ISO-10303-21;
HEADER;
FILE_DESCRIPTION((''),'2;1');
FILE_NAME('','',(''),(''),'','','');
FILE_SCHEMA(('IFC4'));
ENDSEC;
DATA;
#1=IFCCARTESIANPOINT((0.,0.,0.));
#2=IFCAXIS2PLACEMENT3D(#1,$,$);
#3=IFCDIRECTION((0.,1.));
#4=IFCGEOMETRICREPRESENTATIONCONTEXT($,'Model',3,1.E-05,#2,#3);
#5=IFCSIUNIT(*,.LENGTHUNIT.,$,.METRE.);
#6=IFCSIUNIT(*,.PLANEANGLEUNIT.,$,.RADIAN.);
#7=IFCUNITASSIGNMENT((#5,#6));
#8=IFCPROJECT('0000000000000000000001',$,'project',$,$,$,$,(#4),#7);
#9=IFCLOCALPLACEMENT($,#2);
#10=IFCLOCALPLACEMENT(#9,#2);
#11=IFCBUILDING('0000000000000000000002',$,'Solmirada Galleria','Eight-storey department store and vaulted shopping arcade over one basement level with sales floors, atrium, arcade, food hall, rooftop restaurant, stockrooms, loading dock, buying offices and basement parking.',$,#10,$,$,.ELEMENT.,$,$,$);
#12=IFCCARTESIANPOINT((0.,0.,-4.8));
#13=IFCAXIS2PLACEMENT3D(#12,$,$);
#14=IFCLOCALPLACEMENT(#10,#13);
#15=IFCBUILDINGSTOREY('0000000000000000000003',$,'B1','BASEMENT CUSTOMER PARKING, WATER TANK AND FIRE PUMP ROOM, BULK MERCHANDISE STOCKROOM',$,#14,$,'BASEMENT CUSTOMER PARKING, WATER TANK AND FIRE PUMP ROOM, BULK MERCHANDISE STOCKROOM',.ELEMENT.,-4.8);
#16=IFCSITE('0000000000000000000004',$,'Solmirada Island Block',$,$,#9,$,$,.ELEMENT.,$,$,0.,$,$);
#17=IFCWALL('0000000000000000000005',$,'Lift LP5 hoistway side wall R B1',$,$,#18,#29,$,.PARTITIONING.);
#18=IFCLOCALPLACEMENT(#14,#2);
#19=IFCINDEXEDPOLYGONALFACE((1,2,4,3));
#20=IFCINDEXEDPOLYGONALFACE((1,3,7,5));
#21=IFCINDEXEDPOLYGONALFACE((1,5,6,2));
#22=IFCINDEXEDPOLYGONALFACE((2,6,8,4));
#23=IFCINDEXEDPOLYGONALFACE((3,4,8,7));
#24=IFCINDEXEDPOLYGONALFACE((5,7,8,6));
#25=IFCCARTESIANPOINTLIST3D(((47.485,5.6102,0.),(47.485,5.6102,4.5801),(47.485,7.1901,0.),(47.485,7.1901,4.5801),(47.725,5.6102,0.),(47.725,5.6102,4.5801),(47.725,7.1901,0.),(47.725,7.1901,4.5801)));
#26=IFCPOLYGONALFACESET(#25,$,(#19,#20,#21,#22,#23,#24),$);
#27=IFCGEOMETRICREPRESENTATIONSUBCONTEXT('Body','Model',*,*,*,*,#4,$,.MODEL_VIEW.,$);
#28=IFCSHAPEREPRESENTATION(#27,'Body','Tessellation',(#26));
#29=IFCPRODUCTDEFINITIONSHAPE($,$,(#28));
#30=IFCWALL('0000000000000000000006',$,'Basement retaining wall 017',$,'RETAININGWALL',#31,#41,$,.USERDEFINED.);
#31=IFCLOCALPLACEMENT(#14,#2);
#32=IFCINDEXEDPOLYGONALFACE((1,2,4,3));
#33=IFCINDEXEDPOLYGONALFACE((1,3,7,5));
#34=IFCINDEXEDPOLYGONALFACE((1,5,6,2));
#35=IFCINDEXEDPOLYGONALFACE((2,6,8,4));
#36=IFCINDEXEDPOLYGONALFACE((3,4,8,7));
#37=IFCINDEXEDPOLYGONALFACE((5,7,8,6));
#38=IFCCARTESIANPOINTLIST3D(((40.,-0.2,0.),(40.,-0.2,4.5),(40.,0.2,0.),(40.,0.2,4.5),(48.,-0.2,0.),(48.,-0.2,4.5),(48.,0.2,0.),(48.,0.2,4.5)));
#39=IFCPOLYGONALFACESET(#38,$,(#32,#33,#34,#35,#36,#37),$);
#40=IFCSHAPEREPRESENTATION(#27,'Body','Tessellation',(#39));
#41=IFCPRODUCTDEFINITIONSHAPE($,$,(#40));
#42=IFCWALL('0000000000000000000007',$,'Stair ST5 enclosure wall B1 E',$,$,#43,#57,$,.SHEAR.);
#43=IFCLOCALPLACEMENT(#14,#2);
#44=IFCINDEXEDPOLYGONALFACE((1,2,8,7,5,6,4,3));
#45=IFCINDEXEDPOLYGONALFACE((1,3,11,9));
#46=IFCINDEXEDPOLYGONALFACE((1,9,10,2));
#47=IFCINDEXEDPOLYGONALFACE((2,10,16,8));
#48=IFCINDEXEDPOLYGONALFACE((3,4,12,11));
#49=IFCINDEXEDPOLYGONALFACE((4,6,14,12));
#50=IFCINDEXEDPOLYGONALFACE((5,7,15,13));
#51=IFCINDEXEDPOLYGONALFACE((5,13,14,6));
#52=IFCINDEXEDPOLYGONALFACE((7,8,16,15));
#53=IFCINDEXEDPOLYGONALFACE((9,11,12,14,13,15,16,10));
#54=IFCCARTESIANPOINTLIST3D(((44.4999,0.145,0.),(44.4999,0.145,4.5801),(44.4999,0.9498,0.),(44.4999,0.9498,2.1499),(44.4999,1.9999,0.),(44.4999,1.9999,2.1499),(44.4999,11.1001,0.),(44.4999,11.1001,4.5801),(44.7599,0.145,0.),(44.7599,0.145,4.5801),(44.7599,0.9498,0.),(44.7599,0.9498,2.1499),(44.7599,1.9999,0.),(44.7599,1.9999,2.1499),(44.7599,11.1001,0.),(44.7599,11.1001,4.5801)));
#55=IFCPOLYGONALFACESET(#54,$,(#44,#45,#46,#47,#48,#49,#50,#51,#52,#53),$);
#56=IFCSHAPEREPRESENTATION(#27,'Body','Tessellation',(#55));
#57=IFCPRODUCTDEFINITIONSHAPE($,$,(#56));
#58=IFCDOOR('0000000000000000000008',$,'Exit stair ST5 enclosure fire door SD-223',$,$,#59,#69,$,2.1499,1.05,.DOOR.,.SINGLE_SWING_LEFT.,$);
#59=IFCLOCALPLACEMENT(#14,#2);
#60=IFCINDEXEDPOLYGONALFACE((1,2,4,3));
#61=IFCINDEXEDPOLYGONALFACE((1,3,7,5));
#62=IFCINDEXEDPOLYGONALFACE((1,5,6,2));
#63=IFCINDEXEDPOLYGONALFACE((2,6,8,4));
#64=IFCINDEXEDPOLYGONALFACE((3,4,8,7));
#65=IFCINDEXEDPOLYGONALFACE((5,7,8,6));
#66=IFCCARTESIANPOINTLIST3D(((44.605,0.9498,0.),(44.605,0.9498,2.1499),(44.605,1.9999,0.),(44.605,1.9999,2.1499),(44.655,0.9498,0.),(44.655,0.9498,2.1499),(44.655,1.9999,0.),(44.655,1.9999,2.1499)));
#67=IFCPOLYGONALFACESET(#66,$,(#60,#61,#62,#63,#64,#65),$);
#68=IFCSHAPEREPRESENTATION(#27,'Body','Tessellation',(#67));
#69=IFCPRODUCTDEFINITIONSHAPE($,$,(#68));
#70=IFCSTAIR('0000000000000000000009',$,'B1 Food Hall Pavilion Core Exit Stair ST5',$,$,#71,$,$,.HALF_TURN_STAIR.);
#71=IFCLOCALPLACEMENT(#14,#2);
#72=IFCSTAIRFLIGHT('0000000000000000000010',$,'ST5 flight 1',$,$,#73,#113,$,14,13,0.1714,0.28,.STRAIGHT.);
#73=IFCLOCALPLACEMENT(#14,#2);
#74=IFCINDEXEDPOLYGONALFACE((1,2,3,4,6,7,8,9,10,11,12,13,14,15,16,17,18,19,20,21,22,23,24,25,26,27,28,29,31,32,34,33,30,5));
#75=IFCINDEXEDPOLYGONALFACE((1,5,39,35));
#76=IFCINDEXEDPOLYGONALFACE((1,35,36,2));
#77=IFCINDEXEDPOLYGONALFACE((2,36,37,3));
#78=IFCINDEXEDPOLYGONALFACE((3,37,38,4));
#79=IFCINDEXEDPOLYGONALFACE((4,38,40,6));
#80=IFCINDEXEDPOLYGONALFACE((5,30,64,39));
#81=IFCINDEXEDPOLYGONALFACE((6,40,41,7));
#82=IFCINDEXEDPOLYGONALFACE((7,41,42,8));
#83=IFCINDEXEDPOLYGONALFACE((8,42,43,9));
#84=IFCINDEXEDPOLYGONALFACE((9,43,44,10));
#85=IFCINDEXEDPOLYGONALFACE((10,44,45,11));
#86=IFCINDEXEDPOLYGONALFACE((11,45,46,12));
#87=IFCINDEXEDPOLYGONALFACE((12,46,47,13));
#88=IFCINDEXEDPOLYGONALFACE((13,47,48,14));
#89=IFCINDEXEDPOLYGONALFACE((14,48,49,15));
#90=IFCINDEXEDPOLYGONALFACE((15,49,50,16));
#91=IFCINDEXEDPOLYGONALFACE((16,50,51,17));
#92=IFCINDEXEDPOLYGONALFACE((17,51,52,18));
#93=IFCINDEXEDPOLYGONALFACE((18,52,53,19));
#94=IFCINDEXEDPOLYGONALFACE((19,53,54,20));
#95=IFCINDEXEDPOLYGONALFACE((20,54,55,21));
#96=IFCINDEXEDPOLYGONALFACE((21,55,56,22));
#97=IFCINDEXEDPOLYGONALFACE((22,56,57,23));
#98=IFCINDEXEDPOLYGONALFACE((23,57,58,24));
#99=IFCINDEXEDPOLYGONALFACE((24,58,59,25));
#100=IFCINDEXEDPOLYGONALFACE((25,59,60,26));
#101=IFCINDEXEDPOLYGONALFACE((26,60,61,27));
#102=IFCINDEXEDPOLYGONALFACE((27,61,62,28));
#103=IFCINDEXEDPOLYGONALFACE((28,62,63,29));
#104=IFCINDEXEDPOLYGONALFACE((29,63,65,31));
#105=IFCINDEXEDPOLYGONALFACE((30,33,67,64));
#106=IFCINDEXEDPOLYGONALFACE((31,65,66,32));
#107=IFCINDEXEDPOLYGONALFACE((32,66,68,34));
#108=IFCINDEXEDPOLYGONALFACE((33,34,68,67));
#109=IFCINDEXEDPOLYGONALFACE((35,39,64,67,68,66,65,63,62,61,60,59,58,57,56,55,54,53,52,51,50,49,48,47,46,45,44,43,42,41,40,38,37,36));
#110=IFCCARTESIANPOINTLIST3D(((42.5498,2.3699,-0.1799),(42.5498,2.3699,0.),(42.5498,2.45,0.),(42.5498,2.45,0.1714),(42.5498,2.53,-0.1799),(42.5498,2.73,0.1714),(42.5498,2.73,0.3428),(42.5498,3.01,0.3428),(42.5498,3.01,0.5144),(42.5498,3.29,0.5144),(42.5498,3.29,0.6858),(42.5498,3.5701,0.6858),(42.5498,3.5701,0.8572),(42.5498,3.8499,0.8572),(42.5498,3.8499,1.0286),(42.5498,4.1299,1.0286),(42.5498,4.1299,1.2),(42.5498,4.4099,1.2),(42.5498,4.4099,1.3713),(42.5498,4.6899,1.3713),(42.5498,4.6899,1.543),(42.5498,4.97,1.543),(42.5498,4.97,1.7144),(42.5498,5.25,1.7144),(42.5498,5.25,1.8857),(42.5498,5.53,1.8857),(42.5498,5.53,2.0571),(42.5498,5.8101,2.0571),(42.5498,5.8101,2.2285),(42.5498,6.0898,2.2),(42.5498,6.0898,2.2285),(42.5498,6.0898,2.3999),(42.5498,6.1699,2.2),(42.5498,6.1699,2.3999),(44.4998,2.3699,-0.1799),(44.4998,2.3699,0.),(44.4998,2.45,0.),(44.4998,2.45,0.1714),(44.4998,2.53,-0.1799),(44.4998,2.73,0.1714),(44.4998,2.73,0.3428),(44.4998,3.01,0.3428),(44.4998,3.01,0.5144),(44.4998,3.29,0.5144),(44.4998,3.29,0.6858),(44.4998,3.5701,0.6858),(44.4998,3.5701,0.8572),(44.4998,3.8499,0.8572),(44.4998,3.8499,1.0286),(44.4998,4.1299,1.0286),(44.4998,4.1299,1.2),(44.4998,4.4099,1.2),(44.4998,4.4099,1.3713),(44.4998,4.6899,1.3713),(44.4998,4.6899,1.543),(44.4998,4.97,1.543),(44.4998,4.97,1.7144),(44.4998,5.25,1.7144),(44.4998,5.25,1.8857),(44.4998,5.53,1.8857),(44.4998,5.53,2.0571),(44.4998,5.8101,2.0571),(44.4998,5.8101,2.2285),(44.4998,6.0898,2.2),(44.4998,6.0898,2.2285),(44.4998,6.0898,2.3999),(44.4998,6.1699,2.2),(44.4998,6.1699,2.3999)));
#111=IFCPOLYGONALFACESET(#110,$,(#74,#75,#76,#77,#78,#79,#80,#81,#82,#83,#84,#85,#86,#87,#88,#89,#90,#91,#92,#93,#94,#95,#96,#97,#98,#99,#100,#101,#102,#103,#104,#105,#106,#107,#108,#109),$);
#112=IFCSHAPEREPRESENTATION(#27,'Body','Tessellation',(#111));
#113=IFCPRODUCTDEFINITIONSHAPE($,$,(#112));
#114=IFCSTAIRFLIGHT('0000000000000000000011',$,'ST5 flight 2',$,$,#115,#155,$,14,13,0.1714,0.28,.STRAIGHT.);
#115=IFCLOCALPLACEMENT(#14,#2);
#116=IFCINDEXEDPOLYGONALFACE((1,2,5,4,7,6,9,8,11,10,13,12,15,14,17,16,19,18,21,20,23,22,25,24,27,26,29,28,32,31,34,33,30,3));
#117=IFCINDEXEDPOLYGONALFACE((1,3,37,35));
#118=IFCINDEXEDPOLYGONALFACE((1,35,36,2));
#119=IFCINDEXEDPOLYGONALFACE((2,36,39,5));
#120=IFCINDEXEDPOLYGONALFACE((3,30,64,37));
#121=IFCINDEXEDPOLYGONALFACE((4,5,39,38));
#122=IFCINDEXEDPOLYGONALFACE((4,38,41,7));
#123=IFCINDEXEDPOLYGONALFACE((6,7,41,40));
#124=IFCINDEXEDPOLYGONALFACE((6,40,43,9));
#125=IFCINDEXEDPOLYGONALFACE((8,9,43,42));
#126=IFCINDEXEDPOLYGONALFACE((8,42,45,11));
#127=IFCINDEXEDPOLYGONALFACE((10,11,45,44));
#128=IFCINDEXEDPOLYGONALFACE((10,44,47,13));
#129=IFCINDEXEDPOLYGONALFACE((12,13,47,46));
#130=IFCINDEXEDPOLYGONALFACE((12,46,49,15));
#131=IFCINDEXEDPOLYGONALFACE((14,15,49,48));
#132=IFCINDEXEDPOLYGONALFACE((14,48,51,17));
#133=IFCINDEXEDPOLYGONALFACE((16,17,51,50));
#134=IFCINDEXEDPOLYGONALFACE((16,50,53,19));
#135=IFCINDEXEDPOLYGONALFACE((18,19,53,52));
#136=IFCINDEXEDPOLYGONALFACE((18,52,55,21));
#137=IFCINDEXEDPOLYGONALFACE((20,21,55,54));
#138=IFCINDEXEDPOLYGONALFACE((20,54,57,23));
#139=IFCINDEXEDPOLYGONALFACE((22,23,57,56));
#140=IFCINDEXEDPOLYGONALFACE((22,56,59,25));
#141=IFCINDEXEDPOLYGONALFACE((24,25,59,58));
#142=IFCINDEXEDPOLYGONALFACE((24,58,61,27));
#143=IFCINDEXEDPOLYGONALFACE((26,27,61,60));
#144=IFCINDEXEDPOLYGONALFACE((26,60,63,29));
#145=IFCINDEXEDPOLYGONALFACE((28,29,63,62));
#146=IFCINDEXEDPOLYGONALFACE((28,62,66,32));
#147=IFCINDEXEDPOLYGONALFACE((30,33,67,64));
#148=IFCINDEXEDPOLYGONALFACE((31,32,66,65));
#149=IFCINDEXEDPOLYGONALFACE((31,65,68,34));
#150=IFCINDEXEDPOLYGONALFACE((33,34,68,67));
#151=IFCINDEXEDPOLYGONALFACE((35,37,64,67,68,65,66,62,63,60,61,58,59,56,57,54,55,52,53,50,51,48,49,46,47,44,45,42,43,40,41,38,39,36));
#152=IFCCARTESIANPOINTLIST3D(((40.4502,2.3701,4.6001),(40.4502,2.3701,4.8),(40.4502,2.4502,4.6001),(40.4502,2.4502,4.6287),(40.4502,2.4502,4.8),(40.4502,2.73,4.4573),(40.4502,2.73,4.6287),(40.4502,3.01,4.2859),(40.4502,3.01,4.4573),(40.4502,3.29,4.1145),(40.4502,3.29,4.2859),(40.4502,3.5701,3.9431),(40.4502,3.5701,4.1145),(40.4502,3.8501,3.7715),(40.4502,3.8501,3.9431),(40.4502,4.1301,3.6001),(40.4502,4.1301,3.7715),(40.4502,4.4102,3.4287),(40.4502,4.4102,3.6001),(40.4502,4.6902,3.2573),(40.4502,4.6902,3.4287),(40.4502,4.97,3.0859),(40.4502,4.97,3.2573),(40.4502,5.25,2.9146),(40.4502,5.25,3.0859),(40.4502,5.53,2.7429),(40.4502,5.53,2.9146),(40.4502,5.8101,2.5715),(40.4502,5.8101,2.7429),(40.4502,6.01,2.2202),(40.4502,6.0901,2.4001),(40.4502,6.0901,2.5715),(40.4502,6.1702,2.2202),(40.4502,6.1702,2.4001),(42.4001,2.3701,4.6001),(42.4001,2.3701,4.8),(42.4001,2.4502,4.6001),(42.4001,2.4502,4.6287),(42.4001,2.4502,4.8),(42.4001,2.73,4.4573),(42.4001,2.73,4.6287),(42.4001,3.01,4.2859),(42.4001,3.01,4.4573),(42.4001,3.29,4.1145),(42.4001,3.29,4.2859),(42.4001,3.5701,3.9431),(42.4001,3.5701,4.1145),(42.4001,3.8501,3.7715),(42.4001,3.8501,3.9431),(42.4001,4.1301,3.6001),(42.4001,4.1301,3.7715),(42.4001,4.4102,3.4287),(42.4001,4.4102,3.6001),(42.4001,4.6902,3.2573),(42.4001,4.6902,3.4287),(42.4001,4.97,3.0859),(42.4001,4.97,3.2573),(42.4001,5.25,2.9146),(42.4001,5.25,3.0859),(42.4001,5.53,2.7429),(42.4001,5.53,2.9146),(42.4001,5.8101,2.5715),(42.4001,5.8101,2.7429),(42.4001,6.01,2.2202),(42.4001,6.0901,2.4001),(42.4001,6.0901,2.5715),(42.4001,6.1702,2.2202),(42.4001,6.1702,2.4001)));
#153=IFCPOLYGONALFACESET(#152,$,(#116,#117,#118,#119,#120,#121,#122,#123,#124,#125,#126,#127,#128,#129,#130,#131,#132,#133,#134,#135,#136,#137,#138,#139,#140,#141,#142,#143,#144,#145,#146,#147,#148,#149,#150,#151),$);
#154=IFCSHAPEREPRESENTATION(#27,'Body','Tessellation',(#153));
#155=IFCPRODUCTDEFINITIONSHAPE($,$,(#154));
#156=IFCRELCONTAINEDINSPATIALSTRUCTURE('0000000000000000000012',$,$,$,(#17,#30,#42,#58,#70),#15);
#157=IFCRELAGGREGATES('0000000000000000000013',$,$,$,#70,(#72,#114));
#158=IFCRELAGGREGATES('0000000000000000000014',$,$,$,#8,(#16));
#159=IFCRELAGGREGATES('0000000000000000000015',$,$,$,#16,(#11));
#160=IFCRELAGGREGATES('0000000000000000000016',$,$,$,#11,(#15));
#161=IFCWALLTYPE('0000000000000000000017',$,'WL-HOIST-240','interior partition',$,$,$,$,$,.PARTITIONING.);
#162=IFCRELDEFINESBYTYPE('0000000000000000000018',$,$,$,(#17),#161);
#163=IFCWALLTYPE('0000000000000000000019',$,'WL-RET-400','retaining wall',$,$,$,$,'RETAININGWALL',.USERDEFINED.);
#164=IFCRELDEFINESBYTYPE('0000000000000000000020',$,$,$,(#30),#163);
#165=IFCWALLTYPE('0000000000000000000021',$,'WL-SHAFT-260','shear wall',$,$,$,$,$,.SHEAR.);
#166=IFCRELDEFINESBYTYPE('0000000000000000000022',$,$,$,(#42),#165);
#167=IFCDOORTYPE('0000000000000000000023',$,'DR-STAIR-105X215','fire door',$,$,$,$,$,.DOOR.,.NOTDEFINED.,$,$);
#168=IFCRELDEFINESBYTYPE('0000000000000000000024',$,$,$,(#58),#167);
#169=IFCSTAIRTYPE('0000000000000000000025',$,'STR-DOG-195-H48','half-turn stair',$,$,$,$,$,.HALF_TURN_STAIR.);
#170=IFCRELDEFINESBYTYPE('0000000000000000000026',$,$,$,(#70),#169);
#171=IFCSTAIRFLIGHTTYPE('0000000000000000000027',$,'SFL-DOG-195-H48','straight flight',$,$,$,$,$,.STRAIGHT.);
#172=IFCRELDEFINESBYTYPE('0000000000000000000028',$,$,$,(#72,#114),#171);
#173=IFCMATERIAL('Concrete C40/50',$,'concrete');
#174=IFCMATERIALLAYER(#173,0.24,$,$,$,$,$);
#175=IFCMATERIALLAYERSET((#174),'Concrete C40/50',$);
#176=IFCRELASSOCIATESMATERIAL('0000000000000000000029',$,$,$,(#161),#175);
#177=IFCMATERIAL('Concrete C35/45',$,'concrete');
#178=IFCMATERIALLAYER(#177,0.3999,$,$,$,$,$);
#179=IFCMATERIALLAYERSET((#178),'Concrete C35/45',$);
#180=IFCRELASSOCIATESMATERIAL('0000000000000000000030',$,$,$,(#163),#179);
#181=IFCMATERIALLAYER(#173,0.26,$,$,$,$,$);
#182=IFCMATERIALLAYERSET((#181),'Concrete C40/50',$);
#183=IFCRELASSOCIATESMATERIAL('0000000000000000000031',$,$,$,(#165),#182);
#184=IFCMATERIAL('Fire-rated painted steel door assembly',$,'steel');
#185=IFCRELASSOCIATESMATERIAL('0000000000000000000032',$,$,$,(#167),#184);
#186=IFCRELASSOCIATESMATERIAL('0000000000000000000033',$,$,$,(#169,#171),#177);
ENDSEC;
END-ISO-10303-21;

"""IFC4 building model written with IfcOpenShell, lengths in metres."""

from ifc_helpers import new_model, si_unit, direction, frame, frame_2d, origin, place, context, subcontext, project, spatial, polyline, rectangle, outline, extrude, material, layer, layer_set, type_object, element, fill, aggregate, save


model = new_model("IFC4")

# Units and contexts
model_context = context("Model", 3, precision=1e-05, world=origin(), true_north=direction((0.0, 1.0)))
body_context = subcontext(model_context, "Body", "Model", "MODEL_VIEW")
ifc_project = project(units=[si_unit("LENGTHUNIT", "METRE"), si_unit("PLANEANGLEUNIT", "RADIAN")], contexts=[model_context])

# Site, building, storey
site_placement = place(None, origin())
site = spatial("IfcSite", under=ifc_project, at=site_placement, Name="Solmirada Island Block", CompositionType="ELEMENT", RefElevation=0.0)
building_placement = place(site_placement, origin())
building = spatial("IfcBuilding", under=site, at=building_placement, Name="Solmirada Galleria", Description="Eight-storey department store and vaulted shopping arcade over one basement level with sales floors, atrium, arcade, food hall, rooftop restaurant, stockrooms, loading dock, buying offices and basement parking.", CompositionType="ELEMENT")
storey_placement = place(building_placement, frame((0.0, 0.0, -4.8)))
storey = spatial("IfcBuildingStorey", under=building, at=storey_placement, Name="B1", Description="BASEMENT CUSTOMER PARKING, WATER TANK AND FIRE PUMP ROOM, BULK MERCHANDISE STOCKROOM", LongName="BASEMENT CUSTOMER PARKING, WATER TANK AND FIRE PUMP ROOM, BULK MERCHANDISE STOCKROOM", CompositionType="ELEMENT", Elevation=-4.8)

# Shared definitions
ifc_material_1 = material(Name="Concrete C40/50", Category="concrete")

# Shared definitions
ifc_material_2 = material(Name="Fire-rated painted steel door assembly", Category="steel")
ifc_layer_1 = layer(ifc_material_1, 0.24)
ifc_layer_set_1 = layer_set([ifc_layer_1], Name="Concrete C40/50")
wall_type_1 = type_object("IfcWallType", Name="WL-HOIST-240", Description="interior partition", PredefinedType="PARTITIONING", material=ifc_layer_set_1)

# Walls
for number, where, z_axis, x_axis, name in (
    (1, (47.605, 5.6101, 0.0), (0.0, 0.0, 1.0), (0.0, 1.0, 0.0), "Lift LP5 hoistway side wall R B1"),
):
    element("IfcWall", number, at=place(storey_placement, frame(where, z_axis=z_axis, x_axis=x_axis)), inside=storey, type_object=wall_type_1, Name=name, PredefinedType="PARTITIONING", context=body_context, shape_type="SweptSolid", body=[
        extrude(rectangle(XDim=1.5798, YDim=0.24, at=frame_2d((0.79, 0.0))), origin(), (0.0, 0.0, 1.0), 4.5801),
    ])
ifc_material_3 = material(Name="Concrete C35/45", Category="concrete")
ifc_layer_2 = layer(ifc_material_3, 0.3999)
ifc_layer_set_2 = layer_set([ifc_layer_2], Name="Concrete C35/45")
wall_type_2 = type_object("IfcWallType", Name="WL-RET-400", Description="retaining wall", ElementType="RETAININGWALL", PredefinedType="USERDEFINED", material=ifc_layer_set_2)
wall_1_placement = place(storey_placement, frame((48.0, 0.0, 0.0), z_axis=(0.0, 0.0, 1.0), x_axis=(-1.0, 0.0, 0.0)))
element("IfcWall", 2, at=wall_1_placement, inside=storey, type_object=wall_type_2, Name="Basement retaining wall 017", ObjectType="RETAININGWALL", PredefinedType="USERDEFINED", context=body_context, shape_type="SweptSolid", body=[
    extrude(rectangle(XDim=8.0, YDim=0.3999, at=frame_2d((4.0, 0.0))), origin(), (0.0, 0.0, 1.0), 4.5),
])

# Wall, opening, door
ifc_layer_3 = layer(ifc_material_1, 0.26)
ifc_layer_set_3 = layer_set([ifc_layer_3], Name="Concrete C40/50")
wall_type_3 = type_object("IfcWallType", Name="WL-SHAFT-260", Description="shear wall", PredefinedType="SHEAR", material=ifc_layer_set_3)
wall_2_placement = place(storey_placement, frame((44.6299, 0.145, 0.0), z_axis=(0.0, 0.0, 1.0), x_axis=(0.0, 1.0, 0.0)))
wall_2 = element("IfcWall", 3, at=wall_2_placement, inside=storey, type_object=wall_type_3, Name="Stair ST5 enclosure wall B1 E", PredefinedType="SHEAR", context=body_context, shape_type="SweptSolid", body=[
    extrude(rectangle(XDim=10.9551, YDim=0.26, at=frame_2d((5.4775, 0.0))), origin(), (0.0, 0.0, 1.0), 4.5801),
])
opening_1_placement = place(wall_2_placement, frame((0.8049, 0.0, 0.0)))
opening_1 = element("IfcOpeningElement", 4, at=opening_1_placement, cuts=wall_2, PredefinedType="OPENING", context=body_context, shape_type="SweptSolid", body=[
    extrude(rectangle(XDim=1.05, YDim=2.1499, at=frame_2d((0.5249, 1.075))), frame((0.0, 0.1399, 0.0), z_axis=(0.0, -1.0, 0.0), x_axis=(1.0, 0.0, 0.0)), (0.0, 0.0, 1.0), 0.28),
])
door_type_1 = type_object("IfcDoorType", Name="DR-STAIR-105X215", Description="fire door", OperationType="NOTDEFINED", PredefinedType="DOOR", material=ifc_material_2)
door_1_placement = place(opening_1_placement, origin())
door_1 = element("IfcDoor", 5, at=door_1_placement, inside=storey, type_object=door_type_1, Name="Exit stair ST5 enclosure fire door SD-223", OperationType="SINGLE_SWING_LEFT", OverallHeight=2.1499, OverallWidth=1.05, PredefinedType="DOOR", context=body_context, shape_type="SweptSolid", body=[
    extrude(rectangle(XDim=1.05, YDim=2.1499, at=frame_2d((0.5249, 1.075))), frame((0.0, 0.0249, 0.0), z_axis=(0.0, -1.0, 0.0), x_axis=(1.0, 0.0, 0.0)), (0.0, 0.0, 1.0), 0.05),
])
fill(opening_1, door_1)

# Stair, stair flights
stair_type = type_object("IfcStairType", Name="STR-DOG-195-H48", Description="half-turn stair", PredefinedType="HALF_TURN_STAIR", material=ifc_material_3)
stair_placement = place(storey_placement, origin())
stair = element("IfcStair", 6, at=stair_placement, inside=storey, type_object=stair_type, Name="B1 Food Hall Pavilion Core Exit Stair ST5", PredefinedType="HALF_TURN_STAIR")
stair_flight_type = type_object("IfcStairFlightType", Name="SFL-DOG-195-H48", Description="straight flight", PredefinedType="STRAIGHT", material=ifc_material_3)
stair_flight_1_placement = place(storey_placement, frame((43.5249, 2.45, 0.0), z_axis=(0.0, 0.0, 1.0), x_axis=(0.0, 1.0, 0.0)))
stair_flight_1 = element("IfcStairFlight", 7, at=stair_flight_1_placement, type_object=stair_flight_type, Name="ST5 flight 1", NumberOfRisers=14, NumberOfTreads=13, PredefinedType="STRAIGHT", RiserHeight=0.1714, TreadLength=0.28, context=body_context, shape_type="SweptSolid", body=[
    extrude(outline(polyline([(-0.0801, 0.0), (0.0, 0.0), (0.0, 0.1714), (0.28, 0.1714), (0.28, 0.3428), (0.5601, 0.3428), (0.5601, 0.5144), (0.8401, 0.5144), (0.8401, 0.6858), (1.1201, 0.6858), (1.1201, 0.8572), (1.3999, 0.8572), (1.3999, 1.0286), (1.6799, 1.0286), (1.6799, 1.2), (1.96, 1.2), (1.96, 1.3713), (2.24, 1.3713), (2.24, 1.543), (2.52, 1.543), (2.52, 1.7144), (2.8, 1.7144), (2.8, 1.8857), (3.0801, 1.8857), (3.0801, 2.0571), (3.3601, 2.0571), (3.3601, 2.2285), (3.6399, 2.2285), (3.6399, 2.3999), (3.72, 2.3999), (3.72, 2.2), (3.6399, 2.2), (0.0801, -0.1799), (-0.0801, -0.1799), (-0.0801, 0.0)])), frame((0.0, 0.9751, 0.0), z_axis=(0.0, -1.0, 0.0), x_axis=(1.0, 0.0, 0.0)), (0.0, 0.0, 1.0), 1.95),
])
stair_flight_2_placement = place(storey_placement, frame((41.425, 6.0901, 2.4001), z_axis=(0.0, 0.0, 1.0), x_axis=(0.0, -1.0, 0.0)))
stair_flight_2 = element("IfcStairFlight", 8, at=stair_flight_2_placement, type_object=stair_flight_type, Name="ST5 flight 2", NumberOfRisers=14, NumberOfTreads=13, PredefinedType="STRAIGHT", RiserHeight=0.1714, TreadLength=0.28, context=body_context, shape_type="SweptSolid", body=[
    extrude(outline(polyline([(-0.0801, 0.0), (0.0, 0.0), (0.0, 0.1714), (0.28, 0.1714), (0.28, 0.3428), (0.5601, 0.3428), (0.5601, 0.5144), (0.8401, 0.5144), (0.8401, 0.6858), (1.1201, 0.6858), (1.1201, 0.8572), (1.3999, 0.8572), (1.3999, 1.0286), (1.6799, 1.0286), (1.6799, 1.2), (1.96, 1.2), (1.96, 1.3713), (2.24, 1.3713), (2.24, 1.543), (2.52, 1.543), (2.52, 1.7144), (2.8, 1.7144), (2.8, 1.8857), (3.0801, 1.8857), (3.0801, 2.0571), (3.3601, 2.0571), (3.3601, 2.2285), (3.6399, 2.2285), (3.6399, 2.3999), (3.72, 2.3999), (3.72, 2.2), (3.6399, 2.2), (0.0801, -0.1799), (-0.0801, -0.1799), (-0.0801, 0.0)])), frame((0.0, 0.9751, 0.0), z_axis=(0.0, -1.0, 0.0), x_axis=(1.0, 0.0, 0.0)), (0.0, 0.0, 1.0), 1.95),
])
aggregate(stair, [stair_flight_1, stair_flight_2])

save(model, "model.ifc")
